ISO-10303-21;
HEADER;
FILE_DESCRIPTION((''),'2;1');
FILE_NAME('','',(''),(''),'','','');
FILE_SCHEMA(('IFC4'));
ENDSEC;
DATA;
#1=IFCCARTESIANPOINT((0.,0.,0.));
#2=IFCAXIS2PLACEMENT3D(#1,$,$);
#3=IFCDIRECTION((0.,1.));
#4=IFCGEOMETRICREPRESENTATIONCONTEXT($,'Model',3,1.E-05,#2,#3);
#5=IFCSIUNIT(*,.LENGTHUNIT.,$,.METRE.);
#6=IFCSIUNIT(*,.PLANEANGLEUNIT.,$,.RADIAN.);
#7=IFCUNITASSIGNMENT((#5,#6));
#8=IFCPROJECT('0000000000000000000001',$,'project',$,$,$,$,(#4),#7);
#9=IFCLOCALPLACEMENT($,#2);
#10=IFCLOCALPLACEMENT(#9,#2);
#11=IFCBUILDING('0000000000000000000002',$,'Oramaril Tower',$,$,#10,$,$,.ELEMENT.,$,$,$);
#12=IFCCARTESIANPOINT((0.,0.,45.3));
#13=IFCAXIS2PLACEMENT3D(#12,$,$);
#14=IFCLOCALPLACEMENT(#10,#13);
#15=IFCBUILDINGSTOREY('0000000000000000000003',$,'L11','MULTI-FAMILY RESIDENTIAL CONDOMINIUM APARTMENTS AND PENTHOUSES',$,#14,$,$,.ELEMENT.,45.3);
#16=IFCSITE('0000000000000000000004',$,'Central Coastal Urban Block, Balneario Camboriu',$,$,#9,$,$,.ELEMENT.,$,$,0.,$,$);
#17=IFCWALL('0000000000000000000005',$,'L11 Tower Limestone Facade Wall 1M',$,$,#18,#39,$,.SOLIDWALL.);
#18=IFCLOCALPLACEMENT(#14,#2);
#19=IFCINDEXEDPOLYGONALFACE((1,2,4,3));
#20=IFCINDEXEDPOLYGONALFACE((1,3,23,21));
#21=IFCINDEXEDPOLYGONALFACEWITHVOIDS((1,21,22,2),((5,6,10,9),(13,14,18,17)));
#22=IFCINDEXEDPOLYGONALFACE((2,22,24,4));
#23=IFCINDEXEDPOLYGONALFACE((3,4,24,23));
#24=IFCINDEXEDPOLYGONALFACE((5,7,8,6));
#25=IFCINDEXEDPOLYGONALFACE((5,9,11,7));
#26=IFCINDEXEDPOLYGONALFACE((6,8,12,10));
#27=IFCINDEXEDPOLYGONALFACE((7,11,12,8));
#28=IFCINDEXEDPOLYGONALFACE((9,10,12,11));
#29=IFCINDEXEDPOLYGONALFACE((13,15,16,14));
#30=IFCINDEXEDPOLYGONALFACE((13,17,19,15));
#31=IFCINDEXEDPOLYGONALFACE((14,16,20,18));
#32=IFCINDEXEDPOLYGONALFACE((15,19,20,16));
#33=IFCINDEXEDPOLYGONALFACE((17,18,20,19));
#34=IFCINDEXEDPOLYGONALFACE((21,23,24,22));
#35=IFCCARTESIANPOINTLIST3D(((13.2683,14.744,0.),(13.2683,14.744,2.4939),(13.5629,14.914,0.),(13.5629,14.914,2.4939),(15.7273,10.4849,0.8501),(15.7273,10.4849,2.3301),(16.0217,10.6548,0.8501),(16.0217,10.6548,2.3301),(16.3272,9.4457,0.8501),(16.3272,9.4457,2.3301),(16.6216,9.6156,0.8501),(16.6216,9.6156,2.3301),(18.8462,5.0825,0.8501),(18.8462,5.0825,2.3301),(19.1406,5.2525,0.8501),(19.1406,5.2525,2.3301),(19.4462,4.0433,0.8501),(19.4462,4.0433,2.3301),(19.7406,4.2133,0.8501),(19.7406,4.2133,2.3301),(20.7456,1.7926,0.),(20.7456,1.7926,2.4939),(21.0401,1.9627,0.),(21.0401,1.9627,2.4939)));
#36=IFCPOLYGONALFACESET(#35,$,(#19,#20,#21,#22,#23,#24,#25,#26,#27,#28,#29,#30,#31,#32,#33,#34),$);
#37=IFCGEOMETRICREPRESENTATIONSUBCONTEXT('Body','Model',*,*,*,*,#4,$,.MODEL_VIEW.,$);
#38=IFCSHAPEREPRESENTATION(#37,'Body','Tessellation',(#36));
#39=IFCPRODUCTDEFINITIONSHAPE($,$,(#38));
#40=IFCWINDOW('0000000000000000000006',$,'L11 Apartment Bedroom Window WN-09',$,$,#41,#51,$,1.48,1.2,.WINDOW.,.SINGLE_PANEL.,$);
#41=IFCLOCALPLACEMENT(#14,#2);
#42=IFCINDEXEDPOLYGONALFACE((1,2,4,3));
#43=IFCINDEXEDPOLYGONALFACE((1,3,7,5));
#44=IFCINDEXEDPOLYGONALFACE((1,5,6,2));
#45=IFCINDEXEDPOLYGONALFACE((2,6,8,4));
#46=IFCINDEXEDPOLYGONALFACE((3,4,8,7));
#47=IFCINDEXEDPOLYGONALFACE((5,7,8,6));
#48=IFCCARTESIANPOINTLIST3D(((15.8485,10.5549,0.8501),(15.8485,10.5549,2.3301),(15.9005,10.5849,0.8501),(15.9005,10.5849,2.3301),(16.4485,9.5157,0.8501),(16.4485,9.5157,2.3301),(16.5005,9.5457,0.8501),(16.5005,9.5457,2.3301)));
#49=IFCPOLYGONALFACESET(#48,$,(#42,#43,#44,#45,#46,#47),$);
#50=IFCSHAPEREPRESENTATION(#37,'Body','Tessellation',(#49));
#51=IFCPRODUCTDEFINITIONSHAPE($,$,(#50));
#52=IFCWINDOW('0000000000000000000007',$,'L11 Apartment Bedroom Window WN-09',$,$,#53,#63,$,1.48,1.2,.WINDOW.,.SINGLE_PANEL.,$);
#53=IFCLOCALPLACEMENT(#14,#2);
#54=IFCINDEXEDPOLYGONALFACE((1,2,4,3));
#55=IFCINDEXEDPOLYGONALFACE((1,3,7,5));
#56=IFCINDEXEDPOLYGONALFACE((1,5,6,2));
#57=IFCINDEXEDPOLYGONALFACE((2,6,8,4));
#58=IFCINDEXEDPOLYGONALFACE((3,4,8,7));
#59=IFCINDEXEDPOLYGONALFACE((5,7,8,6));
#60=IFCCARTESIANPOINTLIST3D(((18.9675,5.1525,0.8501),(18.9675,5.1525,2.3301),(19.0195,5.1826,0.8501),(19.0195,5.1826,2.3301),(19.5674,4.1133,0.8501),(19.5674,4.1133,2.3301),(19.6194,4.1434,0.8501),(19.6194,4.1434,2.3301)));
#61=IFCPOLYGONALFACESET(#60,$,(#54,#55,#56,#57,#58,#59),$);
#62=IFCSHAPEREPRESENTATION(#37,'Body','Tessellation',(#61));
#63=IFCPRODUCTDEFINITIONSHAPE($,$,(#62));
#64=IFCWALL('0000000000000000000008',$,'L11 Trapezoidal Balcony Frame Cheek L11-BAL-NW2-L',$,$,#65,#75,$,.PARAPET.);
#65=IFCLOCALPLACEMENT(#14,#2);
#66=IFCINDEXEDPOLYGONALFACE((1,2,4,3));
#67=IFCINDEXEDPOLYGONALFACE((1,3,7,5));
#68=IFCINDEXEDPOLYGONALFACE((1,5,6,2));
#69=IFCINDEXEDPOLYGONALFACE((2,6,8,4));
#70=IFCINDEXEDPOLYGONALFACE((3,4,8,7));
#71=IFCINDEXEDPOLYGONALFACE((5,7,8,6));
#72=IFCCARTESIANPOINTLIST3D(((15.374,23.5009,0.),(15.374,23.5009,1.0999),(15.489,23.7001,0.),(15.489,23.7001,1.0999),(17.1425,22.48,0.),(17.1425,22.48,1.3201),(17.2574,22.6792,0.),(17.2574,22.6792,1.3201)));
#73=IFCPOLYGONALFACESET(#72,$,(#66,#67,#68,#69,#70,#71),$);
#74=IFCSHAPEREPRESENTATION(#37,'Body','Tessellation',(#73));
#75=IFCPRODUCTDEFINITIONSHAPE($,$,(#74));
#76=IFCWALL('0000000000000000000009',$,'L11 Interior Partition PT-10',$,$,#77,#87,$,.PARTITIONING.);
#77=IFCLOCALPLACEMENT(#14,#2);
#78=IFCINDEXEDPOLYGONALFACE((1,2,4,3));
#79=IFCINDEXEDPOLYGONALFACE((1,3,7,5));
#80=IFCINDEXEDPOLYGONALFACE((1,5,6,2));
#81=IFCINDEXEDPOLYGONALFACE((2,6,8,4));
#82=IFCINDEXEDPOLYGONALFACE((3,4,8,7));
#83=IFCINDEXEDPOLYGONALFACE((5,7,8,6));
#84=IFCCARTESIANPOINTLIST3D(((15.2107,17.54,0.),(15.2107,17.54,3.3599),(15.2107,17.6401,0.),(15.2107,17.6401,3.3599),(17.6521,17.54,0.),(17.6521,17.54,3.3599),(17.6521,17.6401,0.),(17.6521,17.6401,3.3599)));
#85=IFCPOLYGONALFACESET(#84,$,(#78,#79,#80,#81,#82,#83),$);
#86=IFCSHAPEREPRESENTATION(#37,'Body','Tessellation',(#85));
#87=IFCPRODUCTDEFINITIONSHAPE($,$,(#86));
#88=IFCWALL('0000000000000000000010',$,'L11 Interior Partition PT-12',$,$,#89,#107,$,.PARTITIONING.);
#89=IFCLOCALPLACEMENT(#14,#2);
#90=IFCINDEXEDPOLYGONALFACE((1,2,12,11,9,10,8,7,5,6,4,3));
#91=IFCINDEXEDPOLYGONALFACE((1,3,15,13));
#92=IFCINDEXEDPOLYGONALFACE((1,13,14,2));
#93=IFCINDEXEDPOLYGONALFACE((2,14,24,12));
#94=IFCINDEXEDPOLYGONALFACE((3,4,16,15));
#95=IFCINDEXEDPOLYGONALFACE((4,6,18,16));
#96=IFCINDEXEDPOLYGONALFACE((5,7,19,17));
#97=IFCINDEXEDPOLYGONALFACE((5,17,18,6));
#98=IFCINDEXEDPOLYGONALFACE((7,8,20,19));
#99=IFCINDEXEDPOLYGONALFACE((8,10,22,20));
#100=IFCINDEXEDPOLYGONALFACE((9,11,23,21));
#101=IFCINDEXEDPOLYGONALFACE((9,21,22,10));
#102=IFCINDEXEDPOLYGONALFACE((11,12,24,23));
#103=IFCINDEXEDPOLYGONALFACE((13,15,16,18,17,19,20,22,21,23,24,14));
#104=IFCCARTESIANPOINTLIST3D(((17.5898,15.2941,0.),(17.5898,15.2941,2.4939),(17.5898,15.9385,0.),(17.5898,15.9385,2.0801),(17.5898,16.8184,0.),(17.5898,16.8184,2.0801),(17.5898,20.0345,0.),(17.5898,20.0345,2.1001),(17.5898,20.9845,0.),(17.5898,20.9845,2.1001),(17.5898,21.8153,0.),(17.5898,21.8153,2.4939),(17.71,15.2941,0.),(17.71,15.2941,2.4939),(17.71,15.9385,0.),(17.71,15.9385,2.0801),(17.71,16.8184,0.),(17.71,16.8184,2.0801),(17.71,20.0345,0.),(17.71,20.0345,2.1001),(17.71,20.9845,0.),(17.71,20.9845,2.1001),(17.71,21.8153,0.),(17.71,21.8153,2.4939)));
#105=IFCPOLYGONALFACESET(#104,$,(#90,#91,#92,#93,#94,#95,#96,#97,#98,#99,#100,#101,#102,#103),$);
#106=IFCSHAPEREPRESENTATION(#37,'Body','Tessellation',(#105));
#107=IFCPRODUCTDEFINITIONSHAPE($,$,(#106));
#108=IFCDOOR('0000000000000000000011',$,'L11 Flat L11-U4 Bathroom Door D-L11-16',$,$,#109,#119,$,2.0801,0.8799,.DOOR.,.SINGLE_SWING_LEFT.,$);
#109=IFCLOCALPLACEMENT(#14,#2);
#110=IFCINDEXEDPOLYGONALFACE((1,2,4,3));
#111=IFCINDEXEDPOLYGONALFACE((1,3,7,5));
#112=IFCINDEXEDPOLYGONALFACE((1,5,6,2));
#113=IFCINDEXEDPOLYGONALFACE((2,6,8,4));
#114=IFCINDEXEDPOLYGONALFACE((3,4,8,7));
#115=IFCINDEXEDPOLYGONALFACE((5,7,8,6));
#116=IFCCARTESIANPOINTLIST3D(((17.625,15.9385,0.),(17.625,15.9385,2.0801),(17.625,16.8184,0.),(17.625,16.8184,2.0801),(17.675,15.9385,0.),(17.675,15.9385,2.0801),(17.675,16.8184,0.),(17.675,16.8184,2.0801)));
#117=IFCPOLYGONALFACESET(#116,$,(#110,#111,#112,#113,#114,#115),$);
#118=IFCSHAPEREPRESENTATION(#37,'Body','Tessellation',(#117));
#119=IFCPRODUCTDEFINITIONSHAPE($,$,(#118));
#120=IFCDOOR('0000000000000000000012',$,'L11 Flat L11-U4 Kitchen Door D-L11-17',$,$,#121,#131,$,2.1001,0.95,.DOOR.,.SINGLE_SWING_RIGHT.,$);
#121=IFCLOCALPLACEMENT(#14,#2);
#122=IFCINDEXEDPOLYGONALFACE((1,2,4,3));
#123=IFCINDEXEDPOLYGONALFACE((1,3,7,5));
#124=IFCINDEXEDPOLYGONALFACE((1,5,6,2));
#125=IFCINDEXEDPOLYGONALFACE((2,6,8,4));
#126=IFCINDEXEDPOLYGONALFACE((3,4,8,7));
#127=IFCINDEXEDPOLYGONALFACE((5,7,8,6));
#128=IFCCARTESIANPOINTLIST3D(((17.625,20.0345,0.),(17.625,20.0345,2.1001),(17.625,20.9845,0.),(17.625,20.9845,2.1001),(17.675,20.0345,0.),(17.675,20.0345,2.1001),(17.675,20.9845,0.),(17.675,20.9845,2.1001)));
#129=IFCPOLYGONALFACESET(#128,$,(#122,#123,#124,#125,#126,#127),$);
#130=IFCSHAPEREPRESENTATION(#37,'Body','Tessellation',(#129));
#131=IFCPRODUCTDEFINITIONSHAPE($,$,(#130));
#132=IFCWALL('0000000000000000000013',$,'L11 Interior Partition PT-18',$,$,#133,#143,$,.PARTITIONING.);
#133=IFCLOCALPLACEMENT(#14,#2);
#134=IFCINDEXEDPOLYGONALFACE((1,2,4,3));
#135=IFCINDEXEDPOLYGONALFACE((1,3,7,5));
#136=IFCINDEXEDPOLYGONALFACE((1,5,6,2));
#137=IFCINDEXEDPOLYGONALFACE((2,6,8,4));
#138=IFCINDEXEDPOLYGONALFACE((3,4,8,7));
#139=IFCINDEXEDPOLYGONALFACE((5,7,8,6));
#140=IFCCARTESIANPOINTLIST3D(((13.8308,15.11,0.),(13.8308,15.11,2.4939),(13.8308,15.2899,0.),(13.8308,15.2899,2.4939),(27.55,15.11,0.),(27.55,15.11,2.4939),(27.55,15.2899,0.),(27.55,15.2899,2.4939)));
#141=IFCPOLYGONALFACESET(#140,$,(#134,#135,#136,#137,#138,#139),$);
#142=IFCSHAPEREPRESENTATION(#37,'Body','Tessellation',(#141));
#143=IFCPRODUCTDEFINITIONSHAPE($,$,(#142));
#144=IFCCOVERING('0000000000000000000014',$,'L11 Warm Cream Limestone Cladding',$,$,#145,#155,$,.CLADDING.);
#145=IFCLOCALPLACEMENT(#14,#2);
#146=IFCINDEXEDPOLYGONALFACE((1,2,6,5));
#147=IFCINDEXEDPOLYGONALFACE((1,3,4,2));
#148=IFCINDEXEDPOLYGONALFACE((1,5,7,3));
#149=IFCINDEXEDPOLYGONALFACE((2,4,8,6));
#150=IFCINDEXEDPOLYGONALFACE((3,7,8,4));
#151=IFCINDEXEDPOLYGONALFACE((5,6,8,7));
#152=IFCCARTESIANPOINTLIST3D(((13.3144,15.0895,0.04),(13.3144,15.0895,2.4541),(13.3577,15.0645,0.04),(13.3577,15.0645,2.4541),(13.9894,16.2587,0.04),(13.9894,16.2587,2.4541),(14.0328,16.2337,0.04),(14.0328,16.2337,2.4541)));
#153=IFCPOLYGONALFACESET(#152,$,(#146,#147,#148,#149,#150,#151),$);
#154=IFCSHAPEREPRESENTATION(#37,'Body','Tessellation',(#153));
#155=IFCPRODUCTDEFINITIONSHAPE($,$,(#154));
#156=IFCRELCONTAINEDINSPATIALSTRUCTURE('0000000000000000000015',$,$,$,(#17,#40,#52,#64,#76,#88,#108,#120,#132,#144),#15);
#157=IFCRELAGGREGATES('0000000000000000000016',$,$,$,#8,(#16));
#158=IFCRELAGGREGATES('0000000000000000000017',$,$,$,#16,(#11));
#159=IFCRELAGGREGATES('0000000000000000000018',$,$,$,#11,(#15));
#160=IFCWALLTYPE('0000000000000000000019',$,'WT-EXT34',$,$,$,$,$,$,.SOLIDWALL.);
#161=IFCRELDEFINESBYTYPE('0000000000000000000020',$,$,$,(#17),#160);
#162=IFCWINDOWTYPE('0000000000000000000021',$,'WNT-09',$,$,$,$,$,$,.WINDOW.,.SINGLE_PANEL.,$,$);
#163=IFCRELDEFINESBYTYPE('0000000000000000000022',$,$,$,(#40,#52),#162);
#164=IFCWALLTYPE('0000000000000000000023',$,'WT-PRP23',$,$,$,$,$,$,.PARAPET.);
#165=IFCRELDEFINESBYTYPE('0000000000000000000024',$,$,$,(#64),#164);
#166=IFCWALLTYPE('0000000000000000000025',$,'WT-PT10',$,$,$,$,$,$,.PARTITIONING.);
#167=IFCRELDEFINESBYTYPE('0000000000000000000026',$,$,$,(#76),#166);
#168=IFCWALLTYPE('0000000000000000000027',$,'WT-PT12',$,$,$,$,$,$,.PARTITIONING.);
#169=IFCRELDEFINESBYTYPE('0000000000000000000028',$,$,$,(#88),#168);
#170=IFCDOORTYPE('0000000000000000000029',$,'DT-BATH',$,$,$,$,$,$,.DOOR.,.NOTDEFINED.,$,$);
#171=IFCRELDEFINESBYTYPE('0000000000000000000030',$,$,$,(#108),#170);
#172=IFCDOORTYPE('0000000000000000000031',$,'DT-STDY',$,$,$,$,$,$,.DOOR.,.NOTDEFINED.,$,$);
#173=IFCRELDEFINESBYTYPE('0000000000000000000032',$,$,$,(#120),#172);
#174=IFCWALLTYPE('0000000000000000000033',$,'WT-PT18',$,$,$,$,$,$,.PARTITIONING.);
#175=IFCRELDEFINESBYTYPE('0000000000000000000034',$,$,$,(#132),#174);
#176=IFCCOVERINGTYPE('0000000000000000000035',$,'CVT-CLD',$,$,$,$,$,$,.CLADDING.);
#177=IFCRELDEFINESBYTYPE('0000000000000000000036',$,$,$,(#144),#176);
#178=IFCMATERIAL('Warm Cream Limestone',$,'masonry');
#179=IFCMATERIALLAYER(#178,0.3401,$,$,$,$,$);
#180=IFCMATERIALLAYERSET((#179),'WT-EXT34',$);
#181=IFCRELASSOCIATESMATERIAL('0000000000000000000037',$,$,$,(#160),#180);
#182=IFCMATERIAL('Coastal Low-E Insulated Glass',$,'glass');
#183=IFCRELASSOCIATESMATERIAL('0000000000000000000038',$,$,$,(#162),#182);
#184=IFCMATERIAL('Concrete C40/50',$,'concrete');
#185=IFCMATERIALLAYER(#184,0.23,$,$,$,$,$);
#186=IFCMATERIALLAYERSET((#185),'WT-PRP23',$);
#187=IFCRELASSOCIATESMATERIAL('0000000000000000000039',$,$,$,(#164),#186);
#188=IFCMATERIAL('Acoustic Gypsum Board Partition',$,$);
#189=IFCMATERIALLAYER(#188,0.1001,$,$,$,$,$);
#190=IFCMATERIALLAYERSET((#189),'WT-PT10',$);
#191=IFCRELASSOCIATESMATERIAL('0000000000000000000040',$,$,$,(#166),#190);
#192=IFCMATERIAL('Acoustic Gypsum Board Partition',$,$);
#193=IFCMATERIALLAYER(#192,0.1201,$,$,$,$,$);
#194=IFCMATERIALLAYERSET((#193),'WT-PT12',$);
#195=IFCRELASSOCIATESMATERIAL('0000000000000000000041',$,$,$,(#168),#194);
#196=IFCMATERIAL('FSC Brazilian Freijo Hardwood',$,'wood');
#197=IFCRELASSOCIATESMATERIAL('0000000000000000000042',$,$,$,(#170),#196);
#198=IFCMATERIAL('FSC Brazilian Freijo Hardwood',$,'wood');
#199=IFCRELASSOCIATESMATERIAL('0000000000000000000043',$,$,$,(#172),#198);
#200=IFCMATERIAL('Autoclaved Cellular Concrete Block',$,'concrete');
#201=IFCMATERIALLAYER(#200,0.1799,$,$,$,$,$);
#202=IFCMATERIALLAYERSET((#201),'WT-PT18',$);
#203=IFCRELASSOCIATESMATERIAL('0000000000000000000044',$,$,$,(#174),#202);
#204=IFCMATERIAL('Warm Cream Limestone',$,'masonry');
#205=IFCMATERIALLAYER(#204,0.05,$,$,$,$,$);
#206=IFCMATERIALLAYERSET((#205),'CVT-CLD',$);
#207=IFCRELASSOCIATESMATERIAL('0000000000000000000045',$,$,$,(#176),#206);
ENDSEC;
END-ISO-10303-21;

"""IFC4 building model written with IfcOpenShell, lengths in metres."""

from ifc_helpers import new_model, si_unit, direction, frame, frame_2d, origin, origin_2d, place, context, subcontext, project, spatial, polyline, rectangle, outline, extrude, material, layer, layer_set, type_object, element, fill, save


model = new_model("IFC4")

# Units and contexts
model_context = context("Model", 3, precision=1e-05, world=origin(), true_north=direction((0.0, 1.0)))
body_context = subcontext(model_context, "Body", "Model", "MODEL_VIEW")
ifc_project = project(units=[si_unit("LENGTHUNIT", "METRE"), si_unit("PLANEANGLEUNIT", "RADIAN")], contexts=[model_context])

# Site, building, storey
site_placement = place(None, origin())
site = spatial("IfcSite", under=ifc_project, at=site_placement, Name="Central Coastal Urban Block, Balneario Camboriu", CompositionType="ELEMENT", RefElevation=0.0)
building_placement = place(site_placement, origin())
building = spatial("IfcBuilding", under=site, at=building_placement, Name="Oramaril Tower", CompositionType="ELEMENT")
storey_placement = place(building_placement, frame((0.0, 0.0, 45.3)))
storey = spatial("IfcBuildingStorey", under=building, at=storey_placement, Name="L11", Description="MULTI-FAMILY RESIDENTIAL CONDOMINIUM APARTMENTS AND PENTHOUSES", CompositionType="ELEMENT", Elevation=45.3)

# Wall, openings, windows
ifc_material_1 = material(Name="Warm Cream Limestone", Category="masonry")
ifc_layer_1 = layer(ifc_material_1, 0.3401)
ifc_layer_set_1 = layer_set([ifc_layer_1], Name="WT-EXT34")
wall_type_1 = type_object("IfcWallType", Name="WT-EXT34", PredefinedType="SOLIDWALL", material=ifc_layer_set_1)
wall_1_placement = place(storey_placement, frame((13.4155, 14.8291, 0.0), z_axis=(0.0, 0.0, 1.0), x_axis=(0.49999, -0.866031, 0.0)))
wall_1 = element("IfcWall", 1, at=wall_1_placement, inside=storey, type_object=wall_type_1, Name="L11 Tower Limestone Facade Wall 1M", PredefinedType="SOLIDWALL", context=body_context, shape_type="SweptSolid", body=[
    extrude(rectangle(XDim=14.9548, YDim=0.3401, at=frame_2d((7.4775, 0.0))), origin(), (0.0, 0.0, 1.0), 2.4939),
])
opening_1_placement = place(wall_1_placement, frame((4.918, 0.0, 0.8501)))
opening_1 = element("IfcOpeningElement", 2, at=opening_1_placement, cuts=wall_1, PredefinedType="OPENING", context=body_context, shape_type="SweptSolid", body=[
    extrude(rectangle(XDim=1.2, YDim=1.48, at=frame_2d((0.6001, 0.74))), frame((0.0, 0.1699, 0.0), z_axis=(0.0, -1.0, 0.0), x_axis=(1.0, 0.0, 0.0)), (0.0, 0.0, 1.0), 0.3401),
])
opening_2_placement = place(wall_1_placement, frame((11.156, 0.0, 0.8501)))
opening_2 = element("IfcOpeningElement", 3, at=opening_2_placement, cuts=wall_1, PredefinedType="OPENING", context=body_context, shape_type="SweptSolid", body=[
    extrude(rectangle(XDim=1.2, YDim=1.48, at=frame_2d((0.6001, 0.74))), frame((0.0, 0.1699, 0.0), z_axis=(0.0, -1.0, 0.0), x_axis=(1.0, 0.0, 0.0)), (0.0, 0.0, 1.0), 0.3401),
])
ifc_material_2 = material(Name="Coastal Low-E Insulated Glass", Category="glass")
window_type = type_object("IfcWindowType", Name="WNT-09", PartitioningType="SINGLE_PANEL", PredefinedType="WINDOW", material=ifc_material_2)
window_1_placement = place(opening_1_placement, origin())
window_1 = element("IfcWindow", 4, at=window_1_placement, inside=storey, type_object=window_type, Name="L11 Apartment Bedroom Window WN-09", OverallHeight=1.48, OverallWidth=1.2, PartitioningType="SINGLE_PANEL", PredefinedType="WINDOW", context=body_context, shape_type="SweptSolid", body=[
    extrude(rectangle(XDim=1.2, YDim=1.48, at=frame_2d((0.6001, 0.74))), frame((0.0, 0.03, 0.0), z_axis=(0.0, -1.0, 0.0), x_axis=(1.0, 0.0, 0.0)), (0.0, 0.0, 1.0), 0.0601),
])
fill(opening_1, window_1)
window_2_placement = place(opening_2_placement, origin())
window_2 = element("IfcWindow", 5, at=window_2_placement, inside=storey, type_object=window_type, Name="L11 Apartment Bedroom Window WN-09", OverallHeight=1.48, OverallWidth=1.2, PartitioningType="SINGLE_PANEL", PredefinedType="WINDOW", context=body_context, shape_type="SweptSolid", body=[
    extrude(rectangle(XDim=1.2, YDim=1.48, at=frame_2d((0.6001, 0.74))), frame((0.0, 0.03, 0.0), z_axis=(0.0, -1.0, 0.0), x_axis=(1.0, 0.0, 0.0)), (0.0, 0.0, 1.0), 0.0601),
])
fill(opening_2, window_2)

# Walls
ifc_material_3 = material(Name="Concrete C40/50", Category="concrete")
ifc_layer_2 = layer(ifc_material_3, 0.23)
ifc_layer_set_2 = layer_set([ifc_layer_2], Name="WT-PRP23")
wall_type_2 = type_object("IfcWallType", Name="WT-PRP23", PredefinedType="PARAPET", material=ifc_layer_set_2)
wall_2_placement = place(storey_placement, frame((17.2, 22.5796, 0.0), z_axis=(0.0, 0.0, 1.0), x_axis=(-0.866042, 0.499971, 0.0)))
element("IfcWall", 6, at=wall_2_placement, inside=storey, type_object=wall_type_2, Name="L11 Trapezoidal Balcony Frame Cheek L11-BAL-NW2-L", PredefinedType="PARAPET", context=body_context, shape_type="SweptSolid", body=[
    extrude(outline(polyline([(0.0, 0.0), (2.042, 0.0), (2.042, 1.0999), (0.0, 1.3201), (0.0, 0.0)])), frame((0.0, 0.115, 0.0), z_axis=(0.0, -1.0, 0.0), x_axis=(1.0, 0.0, 0.0)), (0.0, 0.0, 1.0), 0.23),
])
ifc_material_4 = material(Name="Acoustic Gypsum Board Partition")
ifc_layer_3 = layer(ifc_material_4, 0.1001)
ifc_layer_set_3 = layer_set([ifc_layer_3], Name="WT-PT10")
wall_type_3 = type_object("IfcWallType", Name="WT-PT10", PredefinedType="PARTITIONING", material=ifc_layer_set_3)
wall_3_placement = place(storey_placement, frame((15.2107, 17.5901, 0.0), z_axis=(0.0, 0.0, 1.0), x_axis=(1.0, 0.0, 0.0)))
element("IfcWall", 7, at=wall_3_placement, inside=storey, type_object=wall_type_3, Name="L11 Interior Partition PT-10", PredefinedType="PARTITIONING", context=body_context, shape_type="SweptSolid", body=[
    extrude(rectangle(XDim=2.4414, YDim=0.1001, at=frame_2d((1.2207, 0.0))), origin(), (0.0, 0.0, 1.0), 3.3599),
])

# Wall, openings, doors
ifc_material_5 = material(Name="Acoustic Gypsum Board Partition")
ifc_layer_4 = layer(ifc_material_5, 0.1201)
ifc_layer_set_4 = layer_set([ifc_layer_4], Name="WT-PT12")
wall_type_4 = type_object("IfcWallType", Name="WT-PT12", PredefinedType="PARTITIONING", material=ifc_layer_set_4)
wall_4_placement = place(storey_placement, frame((17.6499, 15.2939, 0.0), z_axis=(0.0, 0.0, 1.0), x_axis=(0.0, 1.0, 0.0)))
wall_4 = element("IfcWall", 8, at=wall_4_placement, inside=storey, type_object=wall_type_4, Name="L11 Interior Partition PT-12", PredefinedType="PARTITIONING", context=body_context, shape_type="SweptSolid", body=[
    extrude(rectangle(XDim=6.5212, YDim=0.1201, at=frame_2d((3.2607, 0.0))), origin(), (0.0, 0.0, 1.0), 2.4939),
])
opening_3_placement = place(wall_4_placement, frame((0.6445, 0.0, 0.0)))
opening_3 = element("IfcOpeningElement", 9, at=opening_3_placement, cuts=wall_4, PredefinedType="OPENING", context=body_context, shape_type="SweptSolid", body=[
    extrude(rectangle(XDim=0.8799, YDim=2.0801, at=frame_2d((0.4399, 1.04))), frame((0.0, 0.0601, 0.0), z_axis=(0.0, -1.0, 0.0), x_axis=(1.0, 0.0, 0.0)), (0.0, 0.0, 1.0), 0.1201),
])
opening_4_placement = place(wall_4_placement, frame((4.7405, 0.0, 0.0)))
opening_4 = element("IfcOpeningElement", 10, at=opening_4_placement, cuts=wall_4, PredefinedType="OPENING", context=body_context, shape_type="SweptSolid", body=[
    extrude(rectangle(XDim=0.95, YDim=2.1001, at=frame_2d((0.4751, 1.05))), frame((0.0, 0.0601, 0.0), z_axis=(0.0, -1.0, 0.0), x_axis=(1.0, 0.0, 0.0)), (0.0, 0.0, 1.0), 0.1201),
])
ifc_material_6 = material(Name="FSC Brazilian Freijo Hardwood", Category="wood")
door_type_1 = type_object("IfcDoorType", Name="DT-BATH", OperationType="NOTDEFINED", PredefinedType="DOOR", material=ifc_material_6)
door_1_placement = place(opening_3_placement, origin())
door_1 = element("IfcDoor", 11, at=door_1_placement, inside=storey, type_object=door_type_1, Name="L11 Flat L11-U4 Bathroom Door D-L11-16", OperationType="SINGLE_SWING_LEFT", OverallHeight=2.0801, OverallWidth=0.8799, PredefinedType="DOOR", context=body_context, shape_type="SweptSolid", body=[
    extrude(rectangle(XDim=0.8799, YDim=2.0801, at=frame_2d((0.4399, 1.04))), frame((0.0, 0.0249, 0.0), z_axis=(0.0, -1.0, 0.0), x_axis=(1.0, 0.0, 0.0)), (0.0, 0.0, 1.0), 0.05),
])
fill(opening_3, door_1)
ifc_material_7 = material(Name="FSC Brazilian Freijo Hardwood", Category="wood")
door_type_2 = type_object("IfcDoorType", Name="DT-STDY", OperationType="NOTDEFINED", PredefinedType="DOOR", material=ifc_material_7)
door_2_placement = place(opening_4_placement, origin())
door_2 = element("IfcDoor", 12, at=door_2_placement, inside=storey, type_object=door_type_2, Name="L11 Flat L11-U4 Kitchen Door D-L11-17", OperationType="SINGLE_SWING_RIGHT", OverallHeight=2.1001, OverallWidth=0.95, PredefinedType="DOOR", context=body_context, shape_type="SweptSolid", body=[
    extrude(rectangle(XDim=0.95, YDim=2.1001, at=frame_2d((0.4751, 1.05))), frame((0.0, 0.0249, 0.0), z_axis=(0.0, -1.0, 0.0), x_axis=(1.0, 0.0, 0.0)), (0.0, 0.0, 1.0), 0.05),
])
fill(opening_4, door_2)

# Wall
ifc_material_8 = material(Name="Autoclaved Cellular Concrete Block", Category="concrete")
ifc_layer_5 = layer(ifc_material_8, 0.1799)
ifc_layer_set_5 = layer_set([ifc_layer_5], Name="WT-PT18")
wall_type_5 = type_object("IfcWallType", Name="WT-PT18", PredefinedType="PARTITIONING", material=ifc_layer_set_5)
wall_5_placement = place(storey_placement, frame((13.8308, 15.2, 0.0), z_axis=(0.0, 0.0, 1.0), x_axis=(1.0, 0.0, 0.0)))
element("IfcWall", 13, at=wall_5_placement, inside=storey, type_object=wall_type_5, Name="L11 Interior Partition PT-18", PredefinedType="PARTITIONING", context=body_context, shape_type="SweptSolid", body=[
    extrude(rectangle(XDim=13.7192, YDim=0.1799, at=frame_2d((6.8596, 0.0))), origin(), (0.0, 0.0, 1.0), 2.4939),
])

# Covering
ifc_material_9 = material(Name="Warm Cream Limestone", Category="masonry")
ifc_layer_6 = layer(ifc_material_9, 0.05)
ifc_layer_set_6 = layer_set([ifc_layer_6], Name="CVT-CLD")
covering_type = type_object("IfcCoveringType", Name="CVT-CLD", PredefinedType="CLADDING", material=ifc_layer_set_6)
covering_1_placement = place(storey_placement, frame((13.6736, 15.6616, 0.04), z_axis=(0.0, 0.0, 1.0), x_axis=(-0.500002, -0.866025, 0.0)))
element("IfcCovering", 14, at=covering_1_placement, inside=storey, type_object=covering_type, Name="L11 Warm Cream Limestone Cladding", PredefinedType="CLADDING", context=body_context, shape_type="SweptSolid", body=[
    extrude(rectangle(XDim=1.3501, YDim=0.05, at=origin_2d()), origin(), (0.0, 0.0, 1.0), 2.4141),
])

save(model, "model.ifc")
